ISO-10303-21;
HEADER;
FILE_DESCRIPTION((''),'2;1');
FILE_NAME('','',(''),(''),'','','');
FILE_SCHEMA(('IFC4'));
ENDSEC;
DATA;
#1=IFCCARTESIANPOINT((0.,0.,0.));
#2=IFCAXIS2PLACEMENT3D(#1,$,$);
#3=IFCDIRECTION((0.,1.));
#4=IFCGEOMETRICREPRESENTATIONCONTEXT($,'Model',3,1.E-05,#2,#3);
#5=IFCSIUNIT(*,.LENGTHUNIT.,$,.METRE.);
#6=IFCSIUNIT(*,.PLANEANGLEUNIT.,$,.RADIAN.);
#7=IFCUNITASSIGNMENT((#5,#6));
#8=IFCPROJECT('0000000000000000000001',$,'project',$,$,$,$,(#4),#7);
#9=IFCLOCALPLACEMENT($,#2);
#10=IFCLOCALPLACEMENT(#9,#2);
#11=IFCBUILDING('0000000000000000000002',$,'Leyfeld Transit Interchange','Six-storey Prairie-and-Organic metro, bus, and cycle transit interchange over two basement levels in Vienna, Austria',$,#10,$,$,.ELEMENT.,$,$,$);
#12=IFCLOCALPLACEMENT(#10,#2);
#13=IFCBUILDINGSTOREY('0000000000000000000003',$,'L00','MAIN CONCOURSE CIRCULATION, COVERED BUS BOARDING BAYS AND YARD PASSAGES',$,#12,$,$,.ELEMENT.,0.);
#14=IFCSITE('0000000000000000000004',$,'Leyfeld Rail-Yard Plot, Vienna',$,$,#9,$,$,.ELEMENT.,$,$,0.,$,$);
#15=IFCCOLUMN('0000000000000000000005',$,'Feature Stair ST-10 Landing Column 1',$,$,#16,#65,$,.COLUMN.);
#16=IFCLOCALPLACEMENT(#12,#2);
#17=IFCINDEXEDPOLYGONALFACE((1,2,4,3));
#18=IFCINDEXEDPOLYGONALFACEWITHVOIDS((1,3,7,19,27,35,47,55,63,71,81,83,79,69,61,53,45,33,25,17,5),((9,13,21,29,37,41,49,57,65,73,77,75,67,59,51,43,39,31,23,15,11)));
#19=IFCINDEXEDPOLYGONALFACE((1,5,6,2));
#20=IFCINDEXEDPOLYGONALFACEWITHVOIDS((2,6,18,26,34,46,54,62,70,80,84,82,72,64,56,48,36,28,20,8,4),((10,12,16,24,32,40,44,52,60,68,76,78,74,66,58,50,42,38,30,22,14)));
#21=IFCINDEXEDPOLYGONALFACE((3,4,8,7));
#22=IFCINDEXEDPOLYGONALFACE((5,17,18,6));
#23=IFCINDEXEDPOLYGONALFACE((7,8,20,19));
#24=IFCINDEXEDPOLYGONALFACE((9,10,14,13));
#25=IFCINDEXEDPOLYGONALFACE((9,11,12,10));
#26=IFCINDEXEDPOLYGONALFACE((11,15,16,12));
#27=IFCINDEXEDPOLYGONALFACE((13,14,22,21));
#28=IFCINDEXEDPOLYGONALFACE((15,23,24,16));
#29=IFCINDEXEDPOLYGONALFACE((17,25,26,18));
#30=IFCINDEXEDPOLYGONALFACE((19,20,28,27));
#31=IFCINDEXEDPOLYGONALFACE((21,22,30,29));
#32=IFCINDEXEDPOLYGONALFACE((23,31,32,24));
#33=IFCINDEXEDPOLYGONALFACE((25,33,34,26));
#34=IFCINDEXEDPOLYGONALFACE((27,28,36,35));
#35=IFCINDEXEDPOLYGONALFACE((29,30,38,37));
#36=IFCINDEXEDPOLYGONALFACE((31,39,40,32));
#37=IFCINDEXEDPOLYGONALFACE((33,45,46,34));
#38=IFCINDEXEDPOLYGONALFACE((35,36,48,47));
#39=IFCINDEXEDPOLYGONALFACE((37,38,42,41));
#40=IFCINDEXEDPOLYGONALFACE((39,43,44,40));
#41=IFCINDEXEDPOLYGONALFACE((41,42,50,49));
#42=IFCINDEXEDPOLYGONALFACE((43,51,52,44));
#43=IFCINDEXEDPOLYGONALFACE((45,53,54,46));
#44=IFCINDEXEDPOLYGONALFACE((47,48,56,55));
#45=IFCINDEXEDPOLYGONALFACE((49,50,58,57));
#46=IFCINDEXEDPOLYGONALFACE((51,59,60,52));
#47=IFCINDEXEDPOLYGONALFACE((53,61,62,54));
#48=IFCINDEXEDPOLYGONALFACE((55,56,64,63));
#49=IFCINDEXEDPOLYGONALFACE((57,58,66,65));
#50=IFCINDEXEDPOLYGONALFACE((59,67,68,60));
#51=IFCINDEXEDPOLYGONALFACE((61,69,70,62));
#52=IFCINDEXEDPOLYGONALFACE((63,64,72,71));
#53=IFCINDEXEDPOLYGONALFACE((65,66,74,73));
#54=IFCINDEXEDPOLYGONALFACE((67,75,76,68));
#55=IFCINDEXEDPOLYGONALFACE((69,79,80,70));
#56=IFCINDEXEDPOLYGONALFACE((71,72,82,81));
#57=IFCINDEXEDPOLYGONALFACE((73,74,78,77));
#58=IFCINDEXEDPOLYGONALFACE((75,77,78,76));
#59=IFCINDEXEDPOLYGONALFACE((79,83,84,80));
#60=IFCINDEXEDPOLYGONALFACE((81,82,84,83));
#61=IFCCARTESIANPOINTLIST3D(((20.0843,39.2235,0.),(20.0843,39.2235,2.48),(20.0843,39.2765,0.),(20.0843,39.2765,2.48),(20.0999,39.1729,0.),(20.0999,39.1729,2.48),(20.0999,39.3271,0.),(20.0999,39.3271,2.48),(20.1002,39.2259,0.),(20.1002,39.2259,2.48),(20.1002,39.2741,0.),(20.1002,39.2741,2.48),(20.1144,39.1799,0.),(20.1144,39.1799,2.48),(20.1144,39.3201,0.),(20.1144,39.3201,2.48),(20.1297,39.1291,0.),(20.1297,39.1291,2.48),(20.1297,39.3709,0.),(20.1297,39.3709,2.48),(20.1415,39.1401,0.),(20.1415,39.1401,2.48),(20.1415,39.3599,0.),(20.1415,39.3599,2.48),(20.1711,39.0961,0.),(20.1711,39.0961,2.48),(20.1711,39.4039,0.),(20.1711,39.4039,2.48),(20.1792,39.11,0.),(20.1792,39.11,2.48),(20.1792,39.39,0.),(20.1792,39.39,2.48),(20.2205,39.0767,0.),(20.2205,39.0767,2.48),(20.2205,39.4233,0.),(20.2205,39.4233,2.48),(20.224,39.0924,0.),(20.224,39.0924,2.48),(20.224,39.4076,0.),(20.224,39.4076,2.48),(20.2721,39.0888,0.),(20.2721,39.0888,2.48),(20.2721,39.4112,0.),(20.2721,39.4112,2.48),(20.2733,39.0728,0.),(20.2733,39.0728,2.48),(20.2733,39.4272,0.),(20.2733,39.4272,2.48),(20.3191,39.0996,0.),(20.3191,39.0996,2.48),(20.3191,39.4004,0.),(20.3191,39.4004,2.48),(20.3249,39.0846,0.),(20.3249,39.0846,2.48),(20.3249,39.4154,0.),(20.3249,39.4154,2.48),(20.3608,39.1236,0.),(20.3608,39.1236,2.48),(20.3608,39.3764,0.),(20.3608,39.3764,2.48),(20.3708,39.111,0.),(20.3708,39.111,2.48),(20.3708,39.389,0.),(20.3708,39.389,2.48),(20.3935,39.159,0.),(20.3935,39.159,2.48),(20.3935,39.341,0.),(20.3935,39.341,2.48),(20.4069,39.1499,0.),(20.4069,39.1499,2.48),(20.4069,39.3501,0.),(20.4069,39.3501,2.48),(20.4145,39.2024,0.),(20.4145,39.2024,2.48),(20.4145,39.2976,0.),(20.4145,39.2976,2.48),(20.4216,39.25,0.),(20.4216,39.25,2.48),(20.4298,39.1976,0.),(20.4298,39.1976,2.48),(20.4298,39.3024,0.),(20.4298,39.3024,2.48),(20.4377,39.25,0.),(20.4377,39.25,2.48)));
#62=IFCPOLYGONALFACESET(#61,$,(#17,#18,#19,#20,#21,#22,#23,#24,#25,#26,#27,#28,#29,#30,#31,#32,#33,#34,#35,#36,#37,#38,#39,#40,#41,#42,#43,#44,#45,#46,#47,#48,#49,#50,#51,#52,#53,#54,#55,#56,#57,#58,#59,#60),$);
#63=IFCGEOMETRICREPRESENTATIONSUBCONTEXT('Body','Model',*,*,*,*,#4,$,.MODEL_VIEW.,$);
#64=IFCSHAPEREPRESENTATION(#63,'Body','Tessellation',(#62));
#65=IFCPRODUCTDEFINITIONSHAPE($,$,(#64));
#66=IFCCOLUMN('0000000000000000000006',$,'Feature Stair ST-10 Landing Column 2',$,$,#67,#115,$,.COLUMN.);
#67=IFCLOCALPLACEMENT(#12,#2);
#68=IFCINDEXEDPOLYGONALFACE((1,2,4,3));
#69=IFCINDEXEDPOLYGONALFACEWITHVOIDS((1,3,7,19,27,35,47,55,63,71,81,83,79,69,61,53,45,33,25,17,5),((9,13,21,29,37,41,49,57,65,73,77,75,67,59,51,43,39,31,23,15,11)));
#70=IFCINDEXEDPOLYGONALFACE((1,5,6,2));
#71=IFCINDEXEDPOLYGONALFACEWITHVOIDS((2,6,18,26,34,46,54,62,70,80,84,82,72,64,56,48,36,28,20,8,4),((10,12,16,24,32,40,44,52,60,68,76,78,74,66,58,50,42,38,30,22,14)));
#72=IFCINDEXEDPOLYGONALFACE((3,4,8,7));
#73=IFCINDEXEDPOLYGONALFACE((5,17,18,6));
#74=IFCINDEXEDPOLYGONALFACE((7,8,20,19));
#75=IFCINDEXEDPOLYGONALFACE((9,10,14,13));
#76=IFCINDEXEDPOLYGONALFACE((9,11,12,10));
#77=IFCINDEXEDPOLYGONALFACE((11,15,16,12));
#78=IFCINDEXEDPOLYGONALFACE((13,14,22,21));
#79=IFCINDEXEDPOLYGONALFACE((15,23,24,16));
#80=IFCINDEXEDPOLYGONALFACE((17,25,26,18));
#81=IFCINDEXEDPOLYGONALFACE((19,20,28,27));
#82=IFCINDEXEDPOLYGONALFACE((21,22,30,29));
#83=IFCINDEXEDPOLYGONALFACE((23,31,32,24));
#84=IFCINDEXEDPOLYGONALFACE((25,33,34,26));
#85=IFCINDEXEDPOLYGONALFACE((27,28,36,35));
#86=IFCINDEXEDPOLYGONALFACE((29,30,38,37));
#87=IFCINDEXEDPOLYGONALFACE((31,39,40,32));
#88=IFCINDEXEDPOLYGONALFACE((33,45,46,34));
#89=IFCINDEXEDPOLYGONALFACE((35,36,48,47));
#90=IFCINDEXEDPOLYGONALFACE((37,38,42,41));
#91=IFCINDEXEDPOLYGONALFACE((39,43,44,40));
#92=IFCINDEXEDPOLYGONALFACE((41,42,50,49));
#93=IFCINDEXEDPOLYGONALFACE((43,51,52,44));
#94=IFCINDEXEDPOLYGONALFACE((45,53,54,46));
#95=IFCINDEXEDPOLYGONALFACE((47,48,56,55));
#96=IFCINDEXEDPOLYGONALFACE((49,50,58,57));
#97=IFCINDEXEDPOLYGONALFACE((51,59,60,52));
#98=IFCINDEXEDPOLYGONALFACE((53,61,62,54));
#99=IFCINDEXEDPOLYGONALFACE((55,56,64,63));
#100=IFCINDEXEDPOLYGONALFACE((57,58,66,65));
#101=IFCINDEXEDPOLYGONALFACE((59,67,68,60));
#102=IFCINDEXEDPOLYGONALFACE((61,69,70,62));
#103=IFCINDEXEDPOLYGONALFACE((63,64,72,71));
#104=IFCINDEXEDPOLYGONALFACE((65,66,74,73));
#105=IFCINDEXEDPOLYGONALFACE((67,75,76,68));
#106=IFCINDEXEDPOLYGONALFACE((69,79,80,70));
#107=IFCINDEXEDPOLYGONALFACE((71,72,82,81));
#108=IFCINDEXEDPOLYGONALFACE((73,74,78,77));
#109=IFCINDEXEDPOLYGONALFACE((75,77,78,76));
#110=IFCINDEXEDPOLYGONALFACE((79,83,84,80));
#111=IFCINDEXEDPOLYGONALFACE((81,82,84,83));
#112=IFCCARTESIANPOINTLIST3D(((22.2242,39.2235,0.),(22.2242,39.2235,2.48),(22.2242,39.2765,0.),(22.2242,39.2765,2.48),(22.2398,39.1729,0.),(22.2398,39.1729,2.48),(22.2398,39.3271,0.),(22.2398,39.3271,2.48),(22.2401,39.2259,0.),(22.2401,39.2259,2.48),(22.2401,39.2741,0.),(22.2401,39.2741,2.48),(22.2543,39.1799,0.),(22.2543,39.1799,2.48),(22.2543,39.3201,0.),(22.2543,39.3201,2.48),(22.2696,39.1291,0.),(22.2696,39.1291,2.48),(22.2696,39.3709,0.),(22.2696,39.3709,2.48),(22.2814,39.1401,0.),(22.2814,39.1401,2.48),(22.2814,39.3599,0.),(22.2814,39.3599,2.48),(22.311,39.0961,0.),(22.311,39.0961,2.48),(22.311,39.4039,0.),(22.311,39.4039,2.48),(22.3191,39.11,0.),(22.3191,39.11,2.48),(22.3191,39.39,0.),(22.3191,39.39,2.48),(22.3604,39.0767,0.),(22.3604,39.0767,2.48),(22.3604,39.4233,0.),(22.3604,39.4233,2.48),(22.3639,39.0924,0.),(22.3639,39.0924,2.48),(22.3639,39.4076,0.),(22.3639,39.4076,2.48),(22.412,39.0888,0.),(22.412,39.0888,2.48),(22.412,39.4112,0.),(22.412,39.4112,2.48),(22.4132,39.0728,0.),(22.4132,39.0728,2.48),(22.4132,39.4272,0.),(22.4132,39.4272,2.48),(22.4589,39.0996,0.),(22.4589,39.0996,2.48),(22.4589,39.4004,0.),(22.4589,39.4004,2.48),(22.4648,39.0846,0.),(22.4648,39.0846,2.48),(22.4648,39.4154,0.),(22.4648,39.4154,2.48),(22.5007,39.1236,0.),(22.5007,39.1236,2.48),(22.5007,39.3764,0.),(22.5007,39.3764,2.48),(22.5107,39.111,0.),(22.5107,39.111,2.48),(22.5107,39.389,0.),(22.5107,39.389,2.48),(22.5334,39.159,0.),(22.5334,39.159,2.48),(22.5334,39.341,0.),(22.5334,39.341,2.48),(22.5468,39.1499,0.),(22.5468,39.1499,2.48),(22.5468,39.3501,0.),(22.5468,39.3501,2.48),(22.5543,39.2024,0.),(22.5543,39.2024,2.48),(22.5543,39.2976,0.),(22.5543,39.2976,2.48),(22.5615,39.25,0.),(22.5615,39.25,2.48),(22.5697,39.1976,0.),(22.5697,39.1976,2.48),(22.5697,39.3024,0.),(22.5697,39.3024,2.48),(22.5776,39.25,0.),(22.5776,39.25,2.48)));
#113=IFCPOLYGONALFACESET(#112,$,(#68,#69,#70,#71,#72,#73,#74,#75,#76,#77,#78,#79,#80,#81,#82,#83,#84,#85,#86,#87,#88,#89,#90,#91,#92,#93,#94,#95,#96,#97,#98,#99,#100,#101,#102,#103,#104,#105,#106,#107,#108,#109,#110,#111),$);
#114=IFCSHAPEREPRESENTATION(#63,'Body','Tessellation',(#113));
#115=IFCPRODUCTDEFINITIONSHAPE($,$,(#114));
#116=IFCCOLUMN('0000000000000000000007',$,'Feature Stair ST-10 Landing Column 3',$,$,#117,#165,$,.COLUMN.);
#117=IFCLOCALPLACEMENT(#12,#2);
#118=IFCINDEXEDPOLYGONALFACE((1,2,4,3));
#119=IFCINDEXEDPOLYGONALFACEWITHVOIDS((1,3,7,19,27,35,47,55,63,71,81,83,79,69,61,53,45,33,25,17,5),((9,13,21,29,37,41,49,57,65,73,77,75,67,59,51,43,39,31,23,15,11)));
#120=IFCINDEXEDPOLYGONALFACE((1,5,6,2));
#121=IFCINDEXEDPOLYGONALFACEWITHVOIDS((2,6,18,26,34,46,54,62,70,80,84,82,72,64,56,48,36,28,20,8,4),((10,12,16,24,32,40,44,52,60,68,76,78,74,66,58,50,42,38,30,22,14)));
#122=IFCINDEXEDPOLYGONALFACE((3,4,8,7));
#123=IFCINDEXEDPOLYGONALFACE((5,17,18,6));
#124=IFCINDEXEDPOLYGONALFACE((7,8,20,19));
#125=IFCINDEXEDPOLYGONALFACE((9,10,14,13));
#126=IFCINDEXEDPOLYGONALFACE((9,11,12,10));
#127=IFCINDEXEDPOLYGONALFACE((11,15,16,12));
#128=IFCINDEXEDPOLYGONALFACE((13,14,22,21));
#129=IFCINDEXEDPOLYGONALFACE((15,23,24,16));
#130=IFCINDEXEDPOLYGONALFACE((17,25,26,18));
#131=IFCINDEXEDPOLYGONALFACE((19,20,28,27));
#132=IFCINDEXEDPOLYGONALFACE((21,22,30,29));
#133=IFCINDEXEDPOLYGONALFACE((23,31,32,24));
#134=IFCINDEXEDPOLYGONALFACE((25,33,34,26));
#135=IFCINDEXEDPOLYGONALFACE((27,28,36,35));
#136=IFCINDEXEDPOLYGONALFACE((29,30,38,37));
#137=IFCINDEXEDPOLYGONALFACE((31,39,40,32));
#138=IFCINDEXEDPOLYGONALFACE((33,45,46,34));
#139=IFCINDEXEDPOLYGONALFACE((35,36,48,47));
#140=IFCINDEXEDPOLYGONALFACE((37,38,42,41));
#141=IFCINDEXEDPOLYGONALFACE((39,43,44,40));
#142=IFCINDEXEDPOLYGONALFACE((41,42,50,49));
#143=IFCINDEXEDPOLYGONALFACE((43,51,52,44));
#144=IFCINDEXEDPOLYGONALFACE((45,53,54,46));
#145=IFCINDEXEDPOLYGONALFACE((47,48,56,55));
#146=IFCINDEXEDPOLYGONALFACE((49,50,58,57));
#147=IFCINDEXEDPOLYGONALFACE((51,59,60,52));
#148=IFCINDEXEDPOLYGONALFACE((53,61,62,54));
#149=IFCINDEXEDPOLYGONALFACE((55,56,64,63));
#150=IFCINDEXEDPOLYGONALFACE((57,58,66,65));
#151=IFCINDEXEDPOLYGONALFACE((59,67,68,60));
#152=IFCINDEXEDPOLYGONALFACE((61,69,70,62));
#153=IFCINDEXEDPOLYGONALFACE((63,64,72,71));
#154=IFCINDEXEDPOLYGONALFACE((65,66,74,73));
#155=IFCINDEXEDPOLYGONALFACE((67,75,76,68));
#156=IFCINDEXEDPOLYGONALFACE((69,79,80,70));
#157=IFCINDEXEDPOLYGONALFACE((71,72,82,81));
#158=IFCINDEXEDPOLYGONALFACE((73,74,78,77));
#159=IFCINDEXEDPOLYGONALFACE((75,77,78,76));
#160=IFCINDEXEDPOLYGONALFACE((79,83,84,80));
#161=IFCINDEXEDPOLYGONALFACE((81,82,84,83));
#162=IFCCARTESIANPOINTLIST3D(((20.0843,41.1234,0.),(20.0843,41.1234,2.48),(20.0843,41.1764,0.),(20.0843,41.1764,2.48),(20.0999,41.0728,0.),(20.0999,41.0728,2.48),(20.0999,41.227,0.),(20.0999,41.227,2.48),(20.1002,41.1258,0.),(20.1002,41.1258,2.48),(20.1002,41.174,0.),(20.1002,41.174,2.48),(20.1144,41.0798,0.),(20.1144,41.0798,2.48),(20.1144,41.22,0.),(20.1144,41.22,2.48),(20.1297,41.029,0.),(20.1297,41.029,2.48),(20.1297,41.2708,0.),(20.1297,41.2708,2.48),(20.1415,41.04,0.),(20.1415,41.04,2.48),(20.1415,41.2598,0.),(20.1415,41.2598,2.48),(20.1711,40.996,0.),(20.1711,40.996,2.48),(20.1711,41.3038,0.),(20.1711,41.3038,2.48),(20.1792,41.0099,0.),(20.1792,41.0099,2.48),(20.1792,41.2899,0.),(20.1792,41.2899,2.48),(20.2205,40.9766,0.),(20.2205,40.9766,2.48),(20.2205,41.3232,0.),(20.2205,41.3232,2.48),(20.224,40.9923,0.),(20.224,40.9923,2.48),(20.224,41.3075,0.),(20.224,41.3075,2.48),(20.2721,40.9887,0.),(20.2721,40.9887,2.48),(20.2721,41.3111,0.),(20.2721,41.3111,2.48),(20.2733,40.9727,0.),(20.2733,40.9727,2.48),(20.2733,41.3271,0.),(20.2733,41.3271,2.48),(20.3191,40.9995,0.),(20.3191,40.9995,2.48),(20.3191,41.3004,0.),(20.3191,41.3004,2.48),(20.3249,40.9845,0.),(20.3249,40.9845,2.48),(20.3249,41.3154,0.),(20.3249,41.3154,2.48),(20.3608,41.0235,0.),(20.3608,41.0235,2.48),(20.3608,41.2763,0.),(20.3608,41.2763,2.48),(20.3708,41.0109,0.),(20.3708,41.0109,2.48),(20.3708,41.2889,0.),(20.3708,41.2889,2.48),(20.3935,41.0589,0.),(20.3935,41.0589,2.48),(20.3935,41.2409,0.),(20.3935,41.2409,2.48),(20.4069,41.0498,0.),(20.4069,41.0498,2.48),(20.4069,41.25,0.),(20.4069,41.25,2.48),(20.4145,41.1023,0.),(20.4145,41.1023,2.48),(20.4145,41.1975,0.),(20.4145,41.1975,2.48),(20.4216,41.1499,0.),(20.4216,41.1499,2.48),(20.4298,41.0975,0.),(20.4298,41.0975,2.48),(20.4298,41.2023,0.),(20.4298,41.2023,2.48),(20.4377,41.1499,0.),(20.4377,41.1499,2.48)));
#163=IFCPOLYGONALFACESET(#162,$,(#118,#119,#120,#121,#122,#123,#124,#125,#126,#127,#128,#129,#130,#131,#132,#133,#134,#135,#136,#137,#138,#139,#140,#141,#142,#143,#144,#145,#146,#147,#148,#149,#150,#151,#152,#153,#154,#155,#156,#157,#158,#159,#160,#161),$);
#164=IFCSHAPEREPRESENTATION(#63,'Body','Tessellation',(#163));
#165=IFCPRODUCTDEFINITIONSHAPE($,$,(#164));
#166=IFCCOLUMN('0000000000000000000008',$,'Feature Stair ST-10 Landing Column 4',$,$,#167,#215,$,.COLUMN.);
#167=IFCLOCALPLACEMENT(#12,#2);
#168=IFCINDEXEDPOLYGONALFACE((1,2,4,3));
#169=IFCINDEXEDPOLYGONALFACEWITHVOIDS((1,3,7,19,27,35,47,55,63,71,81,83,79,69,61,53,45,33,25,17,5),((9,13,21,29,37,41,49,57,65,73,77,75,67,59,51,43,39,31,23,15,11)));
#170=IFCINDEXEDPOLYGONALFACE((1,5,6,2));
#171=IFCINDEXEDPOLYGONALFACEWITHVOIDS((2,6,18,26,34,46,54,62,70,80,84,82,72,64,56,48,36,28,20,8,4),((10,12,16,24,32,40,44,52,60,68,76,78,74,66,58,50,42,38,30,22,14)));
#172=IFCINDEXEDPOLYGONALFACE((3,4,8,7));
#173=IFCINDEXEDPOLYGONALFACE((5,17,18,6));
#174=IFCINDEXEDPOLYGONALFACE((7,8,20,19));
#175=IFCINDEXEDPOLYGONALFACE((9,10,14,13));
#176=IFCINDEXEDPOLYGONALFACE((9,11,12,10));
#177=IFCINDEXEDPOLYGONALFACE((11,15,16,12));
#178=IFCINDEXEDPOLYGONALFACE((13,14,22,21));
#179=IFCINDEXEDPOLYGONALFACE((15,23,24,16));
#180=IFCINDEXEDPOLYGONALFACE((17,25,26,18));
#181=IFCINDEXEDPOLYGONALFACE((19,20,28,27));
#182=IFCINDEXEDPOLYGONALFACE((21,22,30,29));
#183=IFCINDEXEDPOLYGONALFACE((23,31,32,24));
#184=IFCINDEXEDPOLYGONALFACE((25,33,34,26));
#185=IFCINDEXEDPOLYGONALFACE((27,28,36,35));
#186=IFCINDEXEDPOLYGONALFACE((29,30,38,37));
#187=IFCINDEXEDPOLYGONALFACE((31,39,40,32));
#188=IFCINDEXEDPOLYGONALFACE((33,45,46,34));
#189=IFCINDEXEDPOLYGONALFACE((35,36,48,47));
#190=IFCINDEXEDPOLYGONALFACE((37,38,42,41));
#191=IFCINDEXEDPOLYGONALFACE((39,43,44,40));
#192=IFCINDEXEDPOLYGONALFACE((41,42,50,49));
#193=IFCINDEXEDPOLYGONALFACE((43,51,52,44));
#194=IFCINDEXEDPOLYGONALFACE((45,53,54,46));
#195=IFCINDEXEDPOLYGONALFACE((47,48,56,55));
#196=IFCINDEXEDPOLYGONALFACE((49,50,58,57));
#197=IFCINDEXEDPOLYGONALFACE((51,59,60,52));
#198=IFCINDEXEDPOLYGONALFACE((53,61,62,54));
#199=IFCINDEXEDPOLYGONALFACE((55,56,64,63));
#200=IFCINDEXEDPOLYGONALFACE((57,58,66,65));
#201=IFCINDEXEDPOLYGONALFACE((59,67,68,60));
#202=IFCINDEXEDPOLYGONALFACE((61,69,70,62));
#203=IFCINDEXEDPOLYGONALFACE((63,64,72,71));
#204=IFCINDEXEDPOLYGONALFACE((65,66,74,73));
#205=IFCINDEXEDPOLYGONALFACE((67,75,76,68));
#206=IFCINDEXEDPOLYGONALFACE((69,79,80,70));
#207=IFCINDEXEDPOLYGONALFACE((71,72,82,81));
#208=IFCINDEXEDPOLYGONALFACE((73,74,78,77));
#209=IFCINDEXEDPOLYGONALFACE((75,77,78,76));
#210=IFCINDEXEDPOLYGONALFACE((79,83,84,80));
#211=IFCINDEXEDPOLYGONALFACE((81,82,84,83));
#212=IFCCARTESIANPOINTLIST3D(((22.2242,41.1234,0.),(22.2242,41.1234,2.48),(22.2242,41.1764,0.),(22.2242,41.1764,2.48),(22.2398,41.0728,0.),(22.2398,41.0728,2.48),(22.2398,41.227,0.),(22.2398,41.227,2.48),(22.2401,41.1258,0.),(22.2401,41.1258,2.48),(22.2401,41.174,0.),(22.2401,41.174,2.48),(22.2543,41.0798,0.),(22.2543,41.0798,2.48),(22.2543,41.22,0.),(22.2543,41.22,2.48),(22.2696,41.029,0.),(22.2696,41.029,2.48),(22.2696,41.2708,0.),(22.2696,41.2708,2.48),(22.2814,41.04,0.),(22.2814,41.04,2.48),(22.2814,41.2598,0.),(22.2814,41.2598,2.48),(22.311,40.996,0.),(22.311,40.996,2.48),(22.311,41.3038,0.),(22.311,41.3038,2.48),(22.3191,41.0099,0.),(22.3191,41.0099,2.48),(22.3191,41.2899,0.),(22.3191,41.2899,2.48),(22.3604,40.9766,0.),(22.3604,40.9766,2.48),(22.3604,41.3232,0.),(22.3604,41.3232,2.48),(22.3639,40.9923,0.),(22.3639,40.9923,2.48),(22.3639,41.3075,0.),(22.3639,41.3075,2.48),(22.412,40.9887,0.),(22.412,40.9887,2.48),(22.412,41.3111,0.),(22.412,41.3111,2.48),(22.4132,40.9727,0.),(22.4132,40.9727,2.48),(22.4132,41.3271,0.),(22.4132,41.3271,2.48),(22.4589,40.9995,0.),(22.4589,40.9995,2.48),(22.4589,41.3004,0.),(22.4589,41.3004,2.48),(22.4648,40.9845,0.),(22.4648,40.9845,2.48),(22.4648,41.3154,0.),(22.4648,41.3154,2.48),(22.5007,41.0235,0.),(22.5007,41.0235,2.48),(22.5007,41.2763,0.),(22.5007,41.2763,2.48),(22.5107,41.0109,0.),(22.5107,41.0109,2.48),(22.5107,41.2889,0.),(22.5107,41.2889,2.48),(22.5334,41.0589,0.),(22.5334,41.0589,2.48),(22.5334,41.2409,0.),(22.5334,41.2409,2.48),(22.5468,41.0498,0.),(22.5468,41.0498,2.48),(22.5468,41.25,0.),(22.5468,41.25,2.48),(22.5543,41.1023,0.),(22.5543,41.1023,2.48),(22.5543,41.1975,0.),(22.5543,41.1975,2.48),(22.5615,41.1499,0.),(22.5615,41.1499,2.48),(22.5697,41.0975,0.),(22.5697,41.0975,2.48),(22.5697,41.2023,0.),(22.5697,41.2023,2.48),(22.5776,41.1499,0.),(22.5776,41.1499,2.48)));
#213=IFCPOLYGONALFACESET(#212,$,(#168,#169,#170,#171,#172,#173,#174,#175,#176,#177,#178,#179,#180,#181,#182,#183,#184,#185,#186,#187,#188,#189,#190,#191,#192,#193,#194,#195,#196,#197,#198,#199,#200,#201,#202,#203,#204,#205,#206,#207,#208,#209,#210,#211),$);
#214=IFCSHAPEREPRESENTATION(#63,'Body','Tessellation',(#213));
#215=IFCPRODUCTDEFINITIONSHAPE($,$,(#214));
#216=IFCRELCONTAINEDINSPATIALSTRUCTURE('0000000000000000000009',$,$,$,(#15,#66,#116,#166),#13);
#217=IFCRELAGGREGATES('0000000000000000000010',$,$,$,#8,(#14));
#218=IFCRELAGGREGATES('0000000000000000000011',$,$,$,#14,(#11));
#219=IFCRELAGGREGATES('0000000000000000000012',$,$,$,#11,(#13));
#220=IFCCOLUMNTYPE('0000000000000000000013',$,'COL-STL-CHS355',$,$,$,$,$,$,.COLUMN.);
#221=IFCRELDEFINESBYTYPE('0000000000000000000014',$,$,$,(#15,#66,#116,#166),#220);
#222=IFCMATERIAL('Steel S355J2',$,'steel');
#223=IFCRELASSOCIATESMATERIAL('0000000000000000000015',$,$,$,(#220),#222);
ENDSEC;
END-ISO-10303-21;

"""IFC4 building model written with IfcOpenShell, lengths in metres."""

from ifc_helpers import new_model, si_unit, direction, frame, origin, origin_2d, place, context, subcontext, project, spatial, hollow_circle, extrude, material, material_profile, profile_set, type_object, element, save


model = new_model("IFC4")

# Units and contexts
model_context = context("Model", 3, precision=1e-05, world=origin(), true_north=direction((0.0, 1.0)))
body_context = subcontext(model_context, "Body", "Model", "MODEL_VIEW")
ifc_project = project(units=[si_unit("LENGTHUNIT", "METRE"), si_unit("PLANEANGLEUNIT", "RADIAN")], contexts=[model_context])

# Site, building, storey
site_placement = place(None, origin())
site = spatial("IfcSite", under=ifc_project, at=site_placement, Name="Leyfeld Rail-Yard Plot, Vienna", CompositionType="ELEMENT", RefElevation=0.0)
building_placement = place(site_placement, origin())
building = spatial("IfcBuilding", under=site, at=building_placement, Name="Leyfeld Transit Interchange", Description="Six-storey Prairie-and-Organic metro, bus, and cycle transit interchange over two basement levels in Vienna, Austria", CompositionType="ELEMENT")
storey_placement = place(building_placement, origin())
storey = spatial("IfcBuildingStorey", under=building, at=storey_placement, Name="L00", Description="MAIN CONCOURSE CIRCULATION, COVERED BUS BOARDING BAYS AND YARD PASSAGES", CompositionType="ELEMENT", Elevation=0.0)

# Columns
ifc_material_1 = material(Name="Steel S355J2", Category="steel")
ifc_material_profile_1 = material_profile(ifc_material_1, hollow_circle(Radius=0.1777, WallThickness=0.0161, at=origin_2d()), Name="CHS 355.6x16")
ifc_profile_set_1 = profile_set([ifc_material_profile_1], Name="Steel S355J2")
column_type_1 = type_object("IfcColumnType", Name="COL-STL-CHS355", PredefinedType="COLUMN", material=ifc_profile_set_1)
for number, where, z_axis, x_axis, name in (
    (1, (20.26, 39.25, 0.0), (0.0, 0.0, 1.0), (1.0, 0.0, 0.0), "Feature Stair ST-10 Landing Column 1"),
    (2, (22.3999, 39.25, 0.0), (0.0, 0.0, 1.0), (1.0, 0.0, 0.0), "Feature Stair ST-10 Landing Column 2"),
    (3, (20.26, 41.1499, 0.0), (0.0, 0.0, 1.0), (1.0, 0.0, 0.0), "Feature Stair ST-10 Landing Column 3"),
    (4, (22.3999, 41.1499, 0.0), (0.0, 0.0, 1.0), (1.0, 0.0, 0.0), "Feature Stair ST-10 Landing Column 4"),
):
    element("IfcColumn", number, at=place(storey_placement, frame(where, z_axis=z_axis, x_axis=x_axis)), inside=storey, type_object=column_type_1, Name=name, PredefinedType="COLUMN", context=body_context, shape_type="SweptSolid", body=[
        extrude(hollow_circle(Radius=0.1777, WallThickness=0.0161, at=origin_2d()), origin(), (0.0, 0.0, 1.0), 2.48),
    ])

save(model, "model.ifc")
